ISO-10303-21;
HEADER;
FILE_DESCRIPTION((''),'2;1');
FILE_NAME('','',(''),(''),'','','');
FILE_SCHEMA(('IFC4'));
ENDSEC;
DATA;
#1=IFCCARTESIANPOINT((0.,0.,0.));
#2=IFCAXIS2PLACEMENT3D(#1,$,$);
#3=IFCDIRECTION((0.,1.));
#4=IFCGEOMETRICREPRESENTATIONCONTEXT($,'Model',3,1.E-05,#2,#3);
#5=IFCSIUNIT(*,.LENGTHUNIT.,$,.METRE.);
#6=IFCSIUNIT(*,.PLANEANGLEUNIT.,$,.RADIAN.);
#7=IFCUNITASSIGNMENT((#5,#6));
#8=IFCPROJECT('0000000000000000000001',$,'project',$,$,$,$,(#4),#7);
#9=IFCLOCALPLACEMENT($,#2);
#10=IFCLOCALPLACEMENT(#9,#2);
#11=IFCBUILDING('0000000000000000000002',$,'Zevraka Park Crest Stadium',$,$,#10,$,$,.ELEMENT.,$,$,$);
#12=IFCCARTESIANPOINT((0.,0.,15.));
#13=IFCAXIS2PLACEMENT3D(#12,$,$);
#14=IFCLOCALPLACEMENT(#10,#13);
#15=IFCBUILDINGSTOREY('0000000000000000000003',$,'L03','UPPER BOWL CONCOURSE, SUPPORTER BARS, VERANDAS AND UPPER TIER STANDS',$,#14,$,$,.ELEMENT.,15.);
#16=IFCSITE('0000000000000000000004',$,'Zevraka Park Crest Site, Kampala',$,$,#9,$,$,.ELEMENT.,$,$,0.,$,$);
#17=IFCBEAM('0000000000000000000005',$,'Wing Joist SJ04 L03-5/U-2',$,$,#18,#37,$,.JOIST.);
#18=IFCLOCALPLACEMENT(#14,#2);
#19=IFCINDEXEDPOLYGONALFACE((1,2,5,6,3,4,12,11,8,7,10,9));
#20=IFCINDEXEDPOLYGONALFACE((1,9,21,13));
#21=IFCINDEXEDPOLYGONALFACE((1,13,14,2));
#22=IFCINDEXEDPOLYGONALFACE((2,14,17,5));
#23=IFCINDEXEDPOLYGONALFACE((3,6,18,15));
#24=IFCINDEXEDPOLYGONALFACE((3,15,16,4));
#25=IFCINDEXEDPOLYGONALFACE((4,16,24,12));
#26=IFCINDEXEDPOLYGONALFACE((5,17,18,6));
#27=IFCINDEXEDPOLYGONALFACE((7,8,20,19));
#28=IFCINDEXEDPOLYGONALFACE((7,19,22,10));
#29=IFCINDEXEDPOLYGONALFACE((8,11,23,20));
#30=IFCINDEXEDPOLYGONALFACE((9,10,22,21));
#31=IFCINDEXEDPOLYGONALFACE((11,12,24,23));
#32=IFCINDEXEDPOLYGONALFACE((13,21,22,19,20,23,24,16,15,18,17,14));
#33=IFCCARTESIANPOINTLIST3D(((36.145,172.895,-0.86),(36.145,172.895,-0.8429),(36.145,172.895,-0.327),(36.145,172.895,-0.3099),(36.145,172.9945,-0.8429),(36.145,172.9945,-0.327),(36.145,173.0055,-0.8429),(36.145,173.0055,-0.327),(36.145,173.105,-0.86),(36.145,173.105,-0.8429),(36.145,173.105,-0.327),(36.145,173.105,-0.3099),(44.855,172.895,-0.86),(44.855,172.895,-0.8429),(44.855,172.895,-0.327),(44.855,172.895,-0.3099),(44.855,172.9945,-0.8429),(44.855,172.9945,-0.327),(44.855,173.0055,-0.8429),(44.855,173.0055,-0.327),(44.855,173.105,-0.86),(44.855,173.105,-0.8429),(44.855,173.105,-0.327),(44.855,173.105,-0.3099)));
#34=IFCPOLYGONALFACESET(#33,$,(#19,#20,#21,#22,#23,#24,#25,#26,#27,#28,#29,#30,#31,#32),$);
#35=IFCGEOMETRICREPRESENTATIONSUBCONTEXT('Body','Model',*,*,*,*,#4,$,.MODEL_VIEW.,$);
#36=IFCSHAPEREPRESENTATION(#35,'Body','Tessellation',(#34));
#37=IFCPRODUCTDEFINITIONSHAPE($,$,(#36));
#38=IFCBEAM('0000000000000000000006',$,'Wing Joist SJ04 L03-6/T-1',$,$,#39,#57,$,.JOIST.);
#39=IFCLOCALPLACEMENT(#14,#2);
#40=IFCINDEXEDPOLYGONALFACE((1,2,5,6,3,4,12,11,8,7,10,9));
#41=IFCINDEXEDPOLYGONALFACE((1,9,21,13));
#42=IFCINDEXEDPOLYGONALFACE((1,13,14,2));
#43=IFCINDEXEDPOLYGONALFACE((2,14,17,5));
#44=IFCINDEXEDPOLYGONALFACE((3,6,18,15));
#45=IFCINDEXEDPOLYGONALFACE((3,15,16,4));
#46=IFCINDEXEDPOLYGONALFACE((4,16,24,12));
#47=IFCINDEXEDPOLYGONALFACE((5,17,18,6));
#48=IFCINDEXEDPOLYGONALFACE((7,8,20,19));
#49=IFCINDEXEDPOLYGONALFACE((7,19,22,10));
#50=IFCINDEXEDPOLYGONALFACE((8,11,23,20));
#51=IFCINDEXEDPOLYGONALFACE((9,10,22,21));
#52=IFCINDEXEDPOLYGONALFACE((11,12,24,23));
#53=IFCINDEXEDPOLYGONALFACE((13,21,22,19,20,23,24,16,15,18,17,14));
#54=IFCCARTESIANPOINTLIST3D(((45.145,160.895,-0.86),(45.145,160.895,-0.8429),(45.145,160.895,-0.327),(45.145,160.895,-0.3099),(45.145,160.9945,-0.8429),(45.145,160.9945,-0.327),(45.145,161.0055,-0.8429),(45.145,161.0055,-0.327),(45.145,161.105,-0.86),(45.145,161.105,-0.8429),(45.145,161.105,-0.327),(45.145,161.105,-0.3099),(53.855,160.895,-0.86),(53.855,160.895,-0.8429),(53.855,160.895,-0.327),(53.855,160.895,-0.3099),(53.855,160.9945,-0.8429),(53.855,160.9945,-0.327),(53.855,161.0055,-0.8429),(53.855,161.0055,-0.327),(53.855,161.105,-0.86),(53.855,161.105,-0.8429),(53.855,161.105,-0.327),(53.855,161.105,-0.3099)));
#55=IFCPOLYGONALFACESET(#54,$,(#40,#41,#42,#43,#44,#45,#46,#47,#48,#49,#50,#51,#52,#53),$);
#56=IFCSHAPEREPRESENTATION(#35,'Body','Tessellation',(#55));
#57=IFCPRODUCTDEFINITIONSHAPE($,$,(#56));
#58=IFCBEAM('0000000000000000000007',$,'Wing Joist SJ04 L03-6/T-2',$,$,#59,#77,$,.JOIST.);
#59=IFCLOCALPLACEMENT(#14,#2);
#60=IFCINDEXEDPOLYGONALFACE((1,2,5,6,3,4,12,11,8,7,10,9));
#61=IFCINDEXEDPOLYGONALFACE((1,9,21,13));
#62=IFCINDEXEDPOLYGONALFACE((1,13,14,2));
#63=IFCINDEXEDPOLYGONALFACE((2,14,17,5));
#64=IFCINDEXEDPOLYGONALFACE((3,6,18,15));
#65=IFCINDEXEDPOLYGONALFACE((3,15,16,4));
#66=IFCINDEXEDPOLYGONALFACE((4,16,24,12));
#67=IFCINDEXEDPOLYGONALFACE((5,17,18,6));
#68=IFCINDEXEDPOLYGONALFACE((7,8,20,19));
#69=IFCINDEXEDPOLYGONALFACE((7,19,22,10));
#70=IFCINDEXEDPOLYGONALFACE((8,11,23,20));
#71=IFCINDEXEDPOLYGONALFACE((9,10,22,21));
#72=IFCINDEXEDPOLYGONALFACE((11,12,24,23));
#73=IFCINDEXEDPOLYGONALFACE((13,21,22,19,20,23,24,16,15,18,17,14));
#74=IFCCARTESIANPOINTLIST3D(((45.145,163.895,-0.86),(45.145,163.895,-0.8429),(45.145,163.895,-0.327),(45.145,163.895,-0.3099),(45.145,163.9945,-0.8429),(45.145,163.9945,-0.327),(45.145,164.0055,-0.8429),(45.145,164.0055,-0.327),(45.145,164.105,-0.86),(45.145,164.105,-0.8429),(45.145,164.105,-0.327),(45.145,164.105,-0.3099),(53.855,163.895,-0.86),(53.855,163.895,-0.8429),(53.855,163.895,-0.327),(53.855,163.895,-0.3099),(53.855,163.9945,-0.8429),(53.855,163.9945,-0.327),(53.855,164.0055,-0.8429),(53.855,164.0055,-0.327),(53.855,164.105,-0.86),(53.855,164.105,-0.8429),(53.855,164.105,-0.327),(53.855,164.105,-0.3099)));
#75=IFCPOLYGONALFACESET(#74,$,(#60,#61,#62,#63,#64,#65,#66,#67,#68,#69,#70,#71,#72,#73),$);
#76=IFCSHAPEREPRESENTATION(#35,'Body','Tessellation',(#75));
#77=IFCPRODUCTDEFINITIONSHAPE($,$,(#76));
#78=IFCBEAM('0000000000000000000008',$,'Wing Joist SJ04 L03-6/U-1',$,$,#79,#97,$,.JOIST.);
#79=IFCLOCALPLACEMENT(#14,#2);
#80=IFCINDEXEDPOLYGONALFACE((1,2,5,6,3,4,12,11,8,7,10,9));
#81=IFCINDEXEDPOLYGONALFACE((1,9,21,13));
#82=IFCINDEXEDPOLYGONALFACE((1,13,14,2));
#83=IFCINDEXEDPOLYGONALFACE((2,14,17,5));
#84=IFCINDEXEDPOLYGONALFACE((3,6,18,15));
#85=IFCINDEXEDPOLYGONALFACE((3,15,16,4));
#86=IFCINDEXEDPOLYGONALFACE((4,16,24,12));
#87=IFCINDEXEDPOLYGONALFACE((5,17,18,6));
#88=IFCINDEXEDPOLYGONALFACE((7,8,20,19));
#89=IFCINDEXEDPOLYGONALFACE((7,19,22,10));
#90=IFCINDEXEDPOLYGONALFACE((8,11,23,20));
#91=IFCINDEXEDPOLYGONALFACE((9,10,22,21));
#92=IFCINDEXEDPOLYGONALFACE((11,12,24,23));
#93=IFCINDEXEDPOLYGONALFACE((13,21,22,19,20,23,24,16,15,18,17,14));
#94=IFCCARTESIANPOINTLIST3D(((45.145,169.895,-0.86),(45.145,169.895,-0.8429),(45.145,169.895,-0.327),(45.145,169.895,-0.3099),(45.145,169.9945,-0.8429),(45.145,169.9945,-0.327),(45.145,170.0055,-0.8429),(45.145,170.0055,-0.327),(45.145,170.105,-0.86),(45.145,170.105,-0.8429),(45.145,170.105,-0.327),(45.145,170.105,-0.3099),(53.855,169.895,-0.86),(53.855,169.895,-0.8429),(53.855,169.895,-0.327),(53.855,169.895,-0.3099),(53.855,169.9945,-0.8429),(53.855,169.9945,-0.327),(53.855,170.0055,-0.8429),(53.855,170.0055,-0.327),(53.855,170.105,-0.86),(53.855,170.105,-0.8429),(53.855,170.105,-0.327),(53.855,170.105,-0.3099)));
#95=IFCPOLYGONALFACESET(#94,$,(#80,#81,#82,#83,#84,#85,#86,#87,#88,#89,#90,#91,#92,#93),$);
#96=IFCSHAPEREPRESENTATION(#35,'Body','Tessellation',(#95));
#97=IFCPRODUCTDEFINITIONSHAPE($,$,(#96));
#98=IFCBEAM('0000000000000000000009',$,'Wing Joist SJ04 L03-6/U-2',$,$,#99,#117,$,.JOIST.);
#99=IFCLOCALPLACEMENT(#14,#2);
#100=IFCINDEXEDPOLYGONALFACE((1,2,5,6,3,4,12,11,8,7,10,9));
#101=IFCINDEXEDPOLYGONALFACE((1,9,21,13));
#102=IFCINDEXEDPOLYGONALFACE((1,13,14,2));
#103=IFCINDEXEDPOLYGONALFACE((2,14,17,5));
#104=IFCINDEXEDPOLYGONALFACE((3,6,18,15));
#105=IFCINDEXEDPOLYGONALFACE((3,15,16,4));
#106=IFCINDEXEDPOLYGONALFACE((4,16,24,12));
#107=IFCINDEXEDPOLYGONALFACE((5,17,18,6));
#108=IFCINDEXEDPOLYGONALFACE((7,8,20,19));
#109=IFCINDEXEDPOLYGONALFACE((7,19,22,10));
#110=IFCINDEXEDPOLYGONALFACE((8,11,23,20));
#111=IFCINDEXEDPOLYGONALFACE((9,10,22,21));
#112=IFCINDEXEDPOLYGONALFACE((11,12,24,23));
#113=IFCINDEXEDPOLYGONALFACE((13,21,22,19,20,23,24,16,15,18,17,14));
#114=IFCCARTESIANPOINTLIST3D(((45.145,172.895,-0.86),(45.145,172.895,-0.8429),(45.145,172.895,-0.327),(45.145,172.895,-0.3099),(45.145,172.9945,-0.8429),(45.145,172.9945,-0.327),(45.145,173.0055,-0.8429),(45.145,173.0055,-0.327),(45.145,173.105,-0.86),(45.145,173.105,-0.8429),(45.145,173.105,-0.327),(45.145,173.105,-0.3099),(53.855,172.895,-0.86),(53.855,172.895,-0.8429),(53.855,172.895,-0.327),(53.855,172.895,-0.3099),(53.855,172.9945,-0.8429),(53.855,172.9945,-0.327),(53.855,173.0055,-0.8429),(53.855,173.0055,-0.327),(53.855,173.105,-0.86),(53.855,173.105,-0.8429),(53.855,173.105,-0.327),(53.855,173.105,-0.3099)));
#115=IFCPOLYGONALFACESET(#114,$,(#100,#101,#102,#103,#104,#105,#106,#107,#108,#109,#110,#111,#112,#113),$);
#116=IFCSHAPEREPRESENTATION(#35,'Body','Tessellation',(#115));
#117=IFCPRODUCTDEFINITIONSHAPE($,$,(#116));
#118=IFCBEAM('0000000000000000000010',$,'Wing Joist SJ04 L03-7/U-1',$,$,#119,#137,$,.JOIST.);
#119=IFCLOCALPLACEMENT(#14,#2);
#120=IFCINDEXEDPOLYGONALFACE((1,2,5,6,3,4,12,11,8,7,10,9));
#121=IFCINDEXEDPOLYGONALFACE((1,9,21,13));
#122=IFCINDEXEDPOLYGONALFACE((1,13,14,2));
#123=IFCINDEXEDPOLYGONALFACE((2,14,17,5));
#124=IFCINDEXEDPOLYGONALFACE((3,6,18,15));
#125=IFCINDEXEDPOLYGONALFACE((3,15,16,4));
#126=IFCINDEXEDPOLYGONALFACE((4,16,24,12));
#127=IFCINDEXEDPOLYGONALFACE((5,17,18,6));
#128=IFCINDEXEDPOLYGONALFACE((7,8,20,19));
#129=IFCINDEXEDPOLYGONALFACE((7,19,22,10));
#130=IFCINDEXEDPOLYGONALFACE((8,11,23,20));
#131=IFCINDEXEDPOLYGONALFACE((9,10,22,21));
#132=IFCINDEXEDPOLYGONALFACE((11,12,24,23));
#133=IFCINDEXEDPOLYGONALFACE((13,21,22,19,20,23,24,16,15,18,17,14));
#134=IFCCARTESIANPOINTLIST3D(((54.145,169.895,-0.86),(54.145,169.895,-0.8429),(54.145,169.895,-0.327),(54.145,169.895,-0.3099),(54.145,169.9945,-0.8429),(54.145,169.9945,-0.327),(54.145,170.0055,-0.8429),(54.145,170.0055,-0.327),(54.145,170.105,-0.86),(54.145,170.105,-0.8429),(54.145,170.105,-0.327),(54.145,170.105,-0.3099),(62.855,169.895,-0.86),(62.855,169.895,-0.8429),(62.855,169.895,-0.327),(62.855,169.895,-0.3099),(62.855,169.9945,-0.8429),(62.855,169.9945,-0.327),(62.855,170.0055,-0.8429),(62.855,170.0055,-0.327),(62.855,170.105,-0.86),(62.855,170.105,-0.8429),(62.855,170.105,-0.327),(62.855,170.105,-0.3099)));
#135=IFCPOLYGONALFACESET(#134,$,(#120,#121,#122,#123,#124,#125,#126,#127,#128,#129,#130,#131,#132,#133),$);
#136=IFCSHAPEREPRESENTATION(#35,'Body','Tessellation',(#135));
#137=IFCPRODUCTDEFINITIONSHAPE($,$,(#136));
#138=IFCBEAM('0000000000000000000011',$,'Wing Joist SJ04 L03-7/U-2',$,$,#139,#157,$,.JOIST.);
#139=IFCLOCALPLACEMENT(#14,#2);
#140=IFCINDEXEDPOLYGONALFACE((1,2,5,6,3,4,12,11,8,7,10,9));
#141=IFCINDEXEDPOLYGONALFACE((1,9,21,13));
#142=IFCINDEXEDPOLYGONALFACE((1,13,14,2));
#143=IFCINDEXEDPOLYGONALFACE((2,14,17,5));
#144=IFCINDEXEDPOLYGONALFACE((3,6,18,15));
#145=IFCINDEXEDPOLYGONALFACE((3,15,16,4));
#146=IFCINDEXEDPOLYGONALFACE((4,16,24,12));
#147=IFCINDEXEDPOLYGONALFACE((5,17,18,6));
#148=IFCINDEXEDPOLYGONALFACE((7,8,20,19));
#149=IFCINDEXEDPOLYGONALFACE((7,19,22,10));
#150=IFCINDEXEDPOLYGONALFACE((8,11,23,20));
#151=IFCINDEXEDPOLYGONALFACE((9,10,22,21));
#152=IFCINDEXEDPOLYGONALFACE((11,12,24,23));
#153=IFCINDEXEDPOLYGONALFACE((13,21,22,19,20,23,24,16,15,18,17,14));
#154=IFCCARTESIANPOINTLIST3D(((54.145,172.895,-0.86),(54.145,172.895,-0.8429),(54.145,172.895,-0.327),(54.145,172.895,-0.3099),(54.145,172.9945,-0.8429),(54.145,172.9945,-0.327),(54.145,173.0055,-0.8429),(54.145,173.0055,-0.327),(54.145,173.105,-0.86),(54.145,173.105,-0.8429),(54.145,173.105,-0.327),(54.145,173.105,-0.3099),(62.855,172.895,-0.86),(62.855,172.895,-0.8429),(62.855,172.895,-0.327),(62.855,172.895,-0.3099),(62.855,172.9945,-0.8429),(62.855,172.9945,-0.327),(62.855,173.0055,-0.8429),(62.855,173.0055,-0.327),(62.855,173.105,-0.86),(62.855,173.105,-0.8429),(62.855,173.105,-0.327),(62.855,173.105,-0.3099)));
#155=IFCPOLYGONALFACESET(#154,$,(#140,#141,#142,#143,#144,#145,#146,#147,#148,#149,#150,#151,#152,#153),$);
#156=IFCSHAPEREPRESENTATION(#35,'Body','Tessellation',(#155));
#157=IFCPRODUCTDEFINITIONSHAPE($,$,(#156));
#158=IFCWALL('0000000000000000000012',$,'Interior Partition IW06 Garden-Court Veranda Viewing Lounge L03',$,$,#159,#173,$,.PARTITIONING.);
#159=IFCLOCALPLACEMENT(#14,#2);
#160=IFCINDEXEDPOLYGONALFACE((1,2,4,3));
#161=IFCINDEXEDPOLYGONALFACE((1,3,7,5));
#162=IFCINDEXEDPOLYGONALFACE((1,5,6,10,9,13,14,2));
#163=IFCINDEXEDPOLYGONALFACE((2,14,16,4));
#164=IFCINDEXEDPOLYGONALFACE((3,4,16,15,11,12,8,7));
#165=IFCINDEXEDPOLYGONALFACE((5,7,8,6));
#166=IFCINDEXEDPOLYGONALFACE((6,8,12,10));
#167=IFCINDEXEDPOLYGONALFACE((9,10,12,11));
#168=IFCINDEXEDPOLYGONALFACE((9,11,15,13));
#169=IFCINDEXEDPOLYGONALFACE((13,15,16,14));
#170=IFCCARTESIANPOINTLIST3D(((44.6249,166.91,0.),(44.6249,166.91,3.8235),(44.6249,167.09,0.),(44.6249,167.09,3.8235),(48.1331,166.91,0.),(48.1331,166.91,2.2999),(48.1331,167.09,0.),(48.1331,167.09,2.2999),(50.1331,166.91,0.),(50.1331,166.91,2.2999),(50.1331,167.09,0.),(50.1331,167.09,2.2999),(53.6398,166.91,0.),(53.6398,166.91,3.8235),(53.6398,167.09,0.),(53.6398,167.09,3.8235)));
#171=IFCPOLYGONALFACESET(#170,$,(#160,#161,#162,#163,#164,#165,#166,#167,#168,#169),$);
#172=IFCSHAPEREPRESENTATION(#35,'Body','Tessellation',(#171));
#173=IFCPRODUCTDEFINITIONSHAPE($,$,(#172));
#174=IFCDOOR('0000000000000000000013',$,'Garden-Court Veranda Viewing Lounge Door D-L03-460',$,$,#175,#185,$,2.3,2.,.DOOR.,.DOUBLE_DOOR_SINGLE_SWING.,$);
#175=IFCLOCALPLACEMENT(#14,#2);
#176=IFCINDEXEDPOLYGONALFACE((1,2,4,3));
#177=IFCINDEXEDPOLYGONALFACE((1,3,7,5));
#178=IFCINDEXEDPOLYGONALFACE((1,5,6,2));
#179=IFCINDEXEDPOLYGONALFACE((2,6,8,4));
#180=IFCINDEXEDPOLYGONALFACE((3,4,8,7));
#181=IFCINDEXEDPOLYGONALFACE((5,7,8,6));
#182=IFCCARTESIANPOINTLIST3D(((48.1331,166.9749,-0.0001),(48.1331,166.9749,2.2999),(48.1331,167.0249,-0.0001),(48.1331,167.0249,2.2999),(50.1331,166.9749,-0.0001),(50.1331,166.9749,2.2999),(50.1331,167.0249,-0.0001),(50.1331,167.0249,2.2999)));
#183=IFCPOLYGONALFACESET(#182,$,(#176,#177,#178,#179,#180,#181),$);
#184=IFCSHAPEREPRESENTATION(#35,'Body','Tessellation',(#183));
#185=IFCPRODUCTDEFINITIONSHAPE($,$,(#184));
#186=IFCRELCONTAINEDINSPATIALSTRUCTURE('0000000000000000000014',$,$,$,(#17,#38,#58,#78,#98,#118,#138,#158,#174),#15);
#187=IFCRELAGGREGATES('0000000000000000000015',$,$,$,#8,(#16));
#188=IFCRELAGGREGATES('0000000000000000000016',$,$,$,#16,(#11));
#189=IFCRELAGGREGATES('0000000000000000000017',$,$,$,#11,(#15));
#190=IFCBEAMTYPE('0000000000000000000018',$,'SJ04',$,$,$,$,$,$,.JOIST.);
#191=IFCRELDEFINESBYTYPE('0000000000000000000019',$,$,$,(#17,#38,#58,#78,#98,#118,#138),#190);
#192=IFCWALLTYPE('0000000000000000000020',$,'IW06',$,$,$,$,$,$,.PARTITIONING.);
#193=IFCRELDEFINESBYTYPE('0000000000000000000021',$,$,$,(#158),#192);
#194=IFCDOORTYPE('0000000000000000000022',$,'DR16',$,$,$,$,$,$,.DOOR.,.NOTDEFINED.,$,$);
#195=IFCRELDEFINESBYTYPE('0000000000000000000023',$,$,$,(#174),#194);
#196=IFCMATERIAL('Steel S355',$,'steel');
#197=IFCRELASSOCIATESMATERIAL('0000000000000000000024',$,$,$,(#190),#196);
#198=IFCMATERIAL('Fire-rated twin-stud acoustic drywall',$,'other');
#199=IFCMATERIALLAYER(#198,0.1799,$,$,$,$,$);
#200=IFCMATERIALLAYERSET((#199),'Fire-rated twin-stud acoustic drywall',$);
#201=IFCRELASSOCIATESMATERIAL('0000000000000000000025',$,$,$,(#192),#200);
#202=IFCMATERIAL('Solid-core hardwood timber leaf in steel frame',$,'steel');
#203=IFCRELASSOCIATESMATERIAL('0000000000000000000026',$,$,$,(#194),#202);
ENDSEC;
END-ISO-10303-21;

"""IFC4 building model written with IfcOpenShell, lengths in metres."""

from ifc_helpers import new_model, si_unit, direction, frame, frame_2d, origin, origin_2d, place, context, subcontext, project, spatial, rectangle, i_section, extrude, material, layer, layer_set, material_profile, profile_set, type_object, element, fill, save


model = new_model("IFC4")

# Units and contexts
model_context = context("Model", 3, precision=1e-05, world=origin(), true_north=direction((0.0, 1.0)))
body_context = subcontext(model_context, "Body", "Model", "MODEL_VIEW")
ifc_project = project(units=[si_unit("LENGTHUNIT", "METRE"), si_unit("PLANEANGLEUNIT", "RADIAN")], contexts=[model_context])

# Site, building, storey
site_placement = place(None, origin())
site = spatial("IfcSite", under=ifc_project, at=site_placement, Name="Zevraka Park Crest Site, Kampala", CompositionType="ELEMENT", RefElevation=0.0)
building_placement = place(site_placement, origin())
building = spatial("IfcBuilding", under=site, at=building_placement, Name="Zevraka Park Crest Stadium", CompositionType="ELEMENT")
storey_placement = place(building_placement, frame((0.0, 0.0, 15.0)))
storey = spatial("IfcBuildingStorey", under=building, at=storey_placement, Name="L03", Description="UPPER BOWL CONCOURSE, SUPPORTER BARS, VERANDAS AND UPPER TIER STANDS", CompositionType="ELEMENT", Elevation=15.0)

# Beams
ifc_material_1 = material(Name="Steel S355", Category="steel")
ifc_material_profile_1 = material_profile(ifc_material_1, i_section(OverallWidth=0.21, OverallDepth=0.55, WebThickness=0.011, FlangeThickness=0.0171, at=origin_2d()), Name="IPE 550")
ifc_profile_set_1 = profile_set([ifc_material_profile_1], Name="Steel S355")
beam_type_1 = type_object("IfcBeamType", Name="SJ04", PredefinedType="JOIST", material=ifc_profile_set_1)
for number, where, z_axis, x_axis, name in (
    (1, (36.145, 173.0, -0.585), (1.0, 0.0, 0.0), (0.0, 1.0, 0.0), "Wing Joist SJ04 L03-5/U-2"),
    (2, (45.145, 161.0, -0.585), (1.0, 0.0, 0.0), (0.0, 1.0, 0.0), "Wing Joist SJ04 L03-6/T-1"),
    (3, (45.145, 164.0, -0.585), (1.0, 0.0, 0.0), (0.0, 1.0, 0.0), "Wing Joist SJ04 L03-6/T-2"),
    (4, (45.145, 170.0, -0.585), (1.0, 0.0, 0.0), (0.0, 1.0, 0.0), "Wing Joist SJ04 L03-6/U-1"),
    (5, (45.145, 173.0, -0.585), (1.0, 0.0, 0.0), (0.0, 1.0, 0.0), "Wing Joist SJ04 L03-6/U-2"),
    (6, (54.145, 170.0, -0.585), (1.0, 0.0, 0.0), (0.0, 1.0, 0.0), "Wing Joist SJ04 L03-7/U-1"),
    (7, (54.145, 173.0, -0.585), (1.0, 0.0, 0.0), (0.0, 1.0, 0.0), "Wing Joist SJ04 L03-7/U-2"),
):
    element("IfcBeam", number, at=place(storey_placement, frame(where, z_axis=z_axis, x_axis=x_axis)), inside=storey, type_object=beam_type_1, Name=name, PredefinedType="JOIST", context=body_context, shape_type="SweptSolid", body=[
        extrude(i_section(OverallWidth=0.21, OverallDepth=0.55, WebThickness=0.011, FlangeThickness=0.0171, at=origin_2d()), origin(), (0.0, 0.0, 1.0), 8.71),
    ])

# Wall, opening, door
ifc_material_2 = material(Name="Fire-rated twin-stud acoustic drywall", Category="other")
ifc_layer = layer(ifc_material_2, 0.1799)
ifc_layer_set = layer_set([ifc_layer], Name="Fire-rated twin-stud acoustic drywall")
wall_type = type_object("IfcWallType", Name="IW06", PredefinedType="PARTITIONING", material=ifc_layer_set)
wall_1_placement = place(storey_placement, frame((44.625, 167.0, 0.0), z_axis=(0.0, 0.0, 1.0), x_axis=(1.0, 0.0, 0.0)))
wall_1 = element("IfcWall", 8, at=wall_1_placement, inside=storey, type_object=wall_type, Name="Interior Partition IW06 Garden-Court Veranda Viewing Lounge L03", PredefinedType="PARTITIONING", context=body_context, shape_type="SweptSolid", body=[
    extrude(rectangle(XDim=9.0149, YDim=0.1799, at=frame_2d((4.5073, 0.0))), origin(), (0.0, 0.0, 1.0), 3.8235),
])
opening_1_placement = place(wall_1_placement, frame((3.5081, 0.0, 0.0)))
opening_1 = element("IfcOpeningElement", 9, at=opening_1_placement, cuts=wall_1, PredefinedType="OPENING", context=body_context, shape_type="SweptSolid", body=[
    extrude(rectangle(XDim=2.0, YDim=2.3, at=frame_2d((1.0, 1.1499))), frame((0.0, 0.0999, 0.0), z_axis=(0.0, -1.0, 0.0), x_axis=(1.0, 0.0, 0.0)), (0.0, 0.0, 1.0), 0.2),
])
ifc_material_3 = material(Name="Solid-core hardwood timber leaf in steel frame", Category="steel")
door_type_1 = type_object("IfcDoorType", Name="DR16", OperationType="NOTDEFINED", PredefinedType="DOOR", material=ifc_material_3)
door_1_placement = place(opening_1_placement, origin())
door_1 = element("IfcDoor", 10, at=door_1_placement, inside=storey, type_object=door_type_1, Name="Garden-Court Veranda Viewing Lounge Door D-L03-460", OperationType="DOUBLE_DOOR_SINGLE_SWING", OverallHeight=2.3, OverallWidth=2.0, PredefinedType="DOOR", context=body_context, shape_type="SweptSolid", body=[
    extrude(rectangle(XDim=2.0, YDim=2.3, at=frame_2d((1.0, 1.1499))), frame((0.0, 0.0249, 0.0), z_axis=(0.0, -1.0, 0.0), x_axis=(1.0, 0.0, 0.0)), (0.0, 0.0, 1.0), 0.05),
])
fill(opening_1, door_1)

save(model, "model.ifc")
